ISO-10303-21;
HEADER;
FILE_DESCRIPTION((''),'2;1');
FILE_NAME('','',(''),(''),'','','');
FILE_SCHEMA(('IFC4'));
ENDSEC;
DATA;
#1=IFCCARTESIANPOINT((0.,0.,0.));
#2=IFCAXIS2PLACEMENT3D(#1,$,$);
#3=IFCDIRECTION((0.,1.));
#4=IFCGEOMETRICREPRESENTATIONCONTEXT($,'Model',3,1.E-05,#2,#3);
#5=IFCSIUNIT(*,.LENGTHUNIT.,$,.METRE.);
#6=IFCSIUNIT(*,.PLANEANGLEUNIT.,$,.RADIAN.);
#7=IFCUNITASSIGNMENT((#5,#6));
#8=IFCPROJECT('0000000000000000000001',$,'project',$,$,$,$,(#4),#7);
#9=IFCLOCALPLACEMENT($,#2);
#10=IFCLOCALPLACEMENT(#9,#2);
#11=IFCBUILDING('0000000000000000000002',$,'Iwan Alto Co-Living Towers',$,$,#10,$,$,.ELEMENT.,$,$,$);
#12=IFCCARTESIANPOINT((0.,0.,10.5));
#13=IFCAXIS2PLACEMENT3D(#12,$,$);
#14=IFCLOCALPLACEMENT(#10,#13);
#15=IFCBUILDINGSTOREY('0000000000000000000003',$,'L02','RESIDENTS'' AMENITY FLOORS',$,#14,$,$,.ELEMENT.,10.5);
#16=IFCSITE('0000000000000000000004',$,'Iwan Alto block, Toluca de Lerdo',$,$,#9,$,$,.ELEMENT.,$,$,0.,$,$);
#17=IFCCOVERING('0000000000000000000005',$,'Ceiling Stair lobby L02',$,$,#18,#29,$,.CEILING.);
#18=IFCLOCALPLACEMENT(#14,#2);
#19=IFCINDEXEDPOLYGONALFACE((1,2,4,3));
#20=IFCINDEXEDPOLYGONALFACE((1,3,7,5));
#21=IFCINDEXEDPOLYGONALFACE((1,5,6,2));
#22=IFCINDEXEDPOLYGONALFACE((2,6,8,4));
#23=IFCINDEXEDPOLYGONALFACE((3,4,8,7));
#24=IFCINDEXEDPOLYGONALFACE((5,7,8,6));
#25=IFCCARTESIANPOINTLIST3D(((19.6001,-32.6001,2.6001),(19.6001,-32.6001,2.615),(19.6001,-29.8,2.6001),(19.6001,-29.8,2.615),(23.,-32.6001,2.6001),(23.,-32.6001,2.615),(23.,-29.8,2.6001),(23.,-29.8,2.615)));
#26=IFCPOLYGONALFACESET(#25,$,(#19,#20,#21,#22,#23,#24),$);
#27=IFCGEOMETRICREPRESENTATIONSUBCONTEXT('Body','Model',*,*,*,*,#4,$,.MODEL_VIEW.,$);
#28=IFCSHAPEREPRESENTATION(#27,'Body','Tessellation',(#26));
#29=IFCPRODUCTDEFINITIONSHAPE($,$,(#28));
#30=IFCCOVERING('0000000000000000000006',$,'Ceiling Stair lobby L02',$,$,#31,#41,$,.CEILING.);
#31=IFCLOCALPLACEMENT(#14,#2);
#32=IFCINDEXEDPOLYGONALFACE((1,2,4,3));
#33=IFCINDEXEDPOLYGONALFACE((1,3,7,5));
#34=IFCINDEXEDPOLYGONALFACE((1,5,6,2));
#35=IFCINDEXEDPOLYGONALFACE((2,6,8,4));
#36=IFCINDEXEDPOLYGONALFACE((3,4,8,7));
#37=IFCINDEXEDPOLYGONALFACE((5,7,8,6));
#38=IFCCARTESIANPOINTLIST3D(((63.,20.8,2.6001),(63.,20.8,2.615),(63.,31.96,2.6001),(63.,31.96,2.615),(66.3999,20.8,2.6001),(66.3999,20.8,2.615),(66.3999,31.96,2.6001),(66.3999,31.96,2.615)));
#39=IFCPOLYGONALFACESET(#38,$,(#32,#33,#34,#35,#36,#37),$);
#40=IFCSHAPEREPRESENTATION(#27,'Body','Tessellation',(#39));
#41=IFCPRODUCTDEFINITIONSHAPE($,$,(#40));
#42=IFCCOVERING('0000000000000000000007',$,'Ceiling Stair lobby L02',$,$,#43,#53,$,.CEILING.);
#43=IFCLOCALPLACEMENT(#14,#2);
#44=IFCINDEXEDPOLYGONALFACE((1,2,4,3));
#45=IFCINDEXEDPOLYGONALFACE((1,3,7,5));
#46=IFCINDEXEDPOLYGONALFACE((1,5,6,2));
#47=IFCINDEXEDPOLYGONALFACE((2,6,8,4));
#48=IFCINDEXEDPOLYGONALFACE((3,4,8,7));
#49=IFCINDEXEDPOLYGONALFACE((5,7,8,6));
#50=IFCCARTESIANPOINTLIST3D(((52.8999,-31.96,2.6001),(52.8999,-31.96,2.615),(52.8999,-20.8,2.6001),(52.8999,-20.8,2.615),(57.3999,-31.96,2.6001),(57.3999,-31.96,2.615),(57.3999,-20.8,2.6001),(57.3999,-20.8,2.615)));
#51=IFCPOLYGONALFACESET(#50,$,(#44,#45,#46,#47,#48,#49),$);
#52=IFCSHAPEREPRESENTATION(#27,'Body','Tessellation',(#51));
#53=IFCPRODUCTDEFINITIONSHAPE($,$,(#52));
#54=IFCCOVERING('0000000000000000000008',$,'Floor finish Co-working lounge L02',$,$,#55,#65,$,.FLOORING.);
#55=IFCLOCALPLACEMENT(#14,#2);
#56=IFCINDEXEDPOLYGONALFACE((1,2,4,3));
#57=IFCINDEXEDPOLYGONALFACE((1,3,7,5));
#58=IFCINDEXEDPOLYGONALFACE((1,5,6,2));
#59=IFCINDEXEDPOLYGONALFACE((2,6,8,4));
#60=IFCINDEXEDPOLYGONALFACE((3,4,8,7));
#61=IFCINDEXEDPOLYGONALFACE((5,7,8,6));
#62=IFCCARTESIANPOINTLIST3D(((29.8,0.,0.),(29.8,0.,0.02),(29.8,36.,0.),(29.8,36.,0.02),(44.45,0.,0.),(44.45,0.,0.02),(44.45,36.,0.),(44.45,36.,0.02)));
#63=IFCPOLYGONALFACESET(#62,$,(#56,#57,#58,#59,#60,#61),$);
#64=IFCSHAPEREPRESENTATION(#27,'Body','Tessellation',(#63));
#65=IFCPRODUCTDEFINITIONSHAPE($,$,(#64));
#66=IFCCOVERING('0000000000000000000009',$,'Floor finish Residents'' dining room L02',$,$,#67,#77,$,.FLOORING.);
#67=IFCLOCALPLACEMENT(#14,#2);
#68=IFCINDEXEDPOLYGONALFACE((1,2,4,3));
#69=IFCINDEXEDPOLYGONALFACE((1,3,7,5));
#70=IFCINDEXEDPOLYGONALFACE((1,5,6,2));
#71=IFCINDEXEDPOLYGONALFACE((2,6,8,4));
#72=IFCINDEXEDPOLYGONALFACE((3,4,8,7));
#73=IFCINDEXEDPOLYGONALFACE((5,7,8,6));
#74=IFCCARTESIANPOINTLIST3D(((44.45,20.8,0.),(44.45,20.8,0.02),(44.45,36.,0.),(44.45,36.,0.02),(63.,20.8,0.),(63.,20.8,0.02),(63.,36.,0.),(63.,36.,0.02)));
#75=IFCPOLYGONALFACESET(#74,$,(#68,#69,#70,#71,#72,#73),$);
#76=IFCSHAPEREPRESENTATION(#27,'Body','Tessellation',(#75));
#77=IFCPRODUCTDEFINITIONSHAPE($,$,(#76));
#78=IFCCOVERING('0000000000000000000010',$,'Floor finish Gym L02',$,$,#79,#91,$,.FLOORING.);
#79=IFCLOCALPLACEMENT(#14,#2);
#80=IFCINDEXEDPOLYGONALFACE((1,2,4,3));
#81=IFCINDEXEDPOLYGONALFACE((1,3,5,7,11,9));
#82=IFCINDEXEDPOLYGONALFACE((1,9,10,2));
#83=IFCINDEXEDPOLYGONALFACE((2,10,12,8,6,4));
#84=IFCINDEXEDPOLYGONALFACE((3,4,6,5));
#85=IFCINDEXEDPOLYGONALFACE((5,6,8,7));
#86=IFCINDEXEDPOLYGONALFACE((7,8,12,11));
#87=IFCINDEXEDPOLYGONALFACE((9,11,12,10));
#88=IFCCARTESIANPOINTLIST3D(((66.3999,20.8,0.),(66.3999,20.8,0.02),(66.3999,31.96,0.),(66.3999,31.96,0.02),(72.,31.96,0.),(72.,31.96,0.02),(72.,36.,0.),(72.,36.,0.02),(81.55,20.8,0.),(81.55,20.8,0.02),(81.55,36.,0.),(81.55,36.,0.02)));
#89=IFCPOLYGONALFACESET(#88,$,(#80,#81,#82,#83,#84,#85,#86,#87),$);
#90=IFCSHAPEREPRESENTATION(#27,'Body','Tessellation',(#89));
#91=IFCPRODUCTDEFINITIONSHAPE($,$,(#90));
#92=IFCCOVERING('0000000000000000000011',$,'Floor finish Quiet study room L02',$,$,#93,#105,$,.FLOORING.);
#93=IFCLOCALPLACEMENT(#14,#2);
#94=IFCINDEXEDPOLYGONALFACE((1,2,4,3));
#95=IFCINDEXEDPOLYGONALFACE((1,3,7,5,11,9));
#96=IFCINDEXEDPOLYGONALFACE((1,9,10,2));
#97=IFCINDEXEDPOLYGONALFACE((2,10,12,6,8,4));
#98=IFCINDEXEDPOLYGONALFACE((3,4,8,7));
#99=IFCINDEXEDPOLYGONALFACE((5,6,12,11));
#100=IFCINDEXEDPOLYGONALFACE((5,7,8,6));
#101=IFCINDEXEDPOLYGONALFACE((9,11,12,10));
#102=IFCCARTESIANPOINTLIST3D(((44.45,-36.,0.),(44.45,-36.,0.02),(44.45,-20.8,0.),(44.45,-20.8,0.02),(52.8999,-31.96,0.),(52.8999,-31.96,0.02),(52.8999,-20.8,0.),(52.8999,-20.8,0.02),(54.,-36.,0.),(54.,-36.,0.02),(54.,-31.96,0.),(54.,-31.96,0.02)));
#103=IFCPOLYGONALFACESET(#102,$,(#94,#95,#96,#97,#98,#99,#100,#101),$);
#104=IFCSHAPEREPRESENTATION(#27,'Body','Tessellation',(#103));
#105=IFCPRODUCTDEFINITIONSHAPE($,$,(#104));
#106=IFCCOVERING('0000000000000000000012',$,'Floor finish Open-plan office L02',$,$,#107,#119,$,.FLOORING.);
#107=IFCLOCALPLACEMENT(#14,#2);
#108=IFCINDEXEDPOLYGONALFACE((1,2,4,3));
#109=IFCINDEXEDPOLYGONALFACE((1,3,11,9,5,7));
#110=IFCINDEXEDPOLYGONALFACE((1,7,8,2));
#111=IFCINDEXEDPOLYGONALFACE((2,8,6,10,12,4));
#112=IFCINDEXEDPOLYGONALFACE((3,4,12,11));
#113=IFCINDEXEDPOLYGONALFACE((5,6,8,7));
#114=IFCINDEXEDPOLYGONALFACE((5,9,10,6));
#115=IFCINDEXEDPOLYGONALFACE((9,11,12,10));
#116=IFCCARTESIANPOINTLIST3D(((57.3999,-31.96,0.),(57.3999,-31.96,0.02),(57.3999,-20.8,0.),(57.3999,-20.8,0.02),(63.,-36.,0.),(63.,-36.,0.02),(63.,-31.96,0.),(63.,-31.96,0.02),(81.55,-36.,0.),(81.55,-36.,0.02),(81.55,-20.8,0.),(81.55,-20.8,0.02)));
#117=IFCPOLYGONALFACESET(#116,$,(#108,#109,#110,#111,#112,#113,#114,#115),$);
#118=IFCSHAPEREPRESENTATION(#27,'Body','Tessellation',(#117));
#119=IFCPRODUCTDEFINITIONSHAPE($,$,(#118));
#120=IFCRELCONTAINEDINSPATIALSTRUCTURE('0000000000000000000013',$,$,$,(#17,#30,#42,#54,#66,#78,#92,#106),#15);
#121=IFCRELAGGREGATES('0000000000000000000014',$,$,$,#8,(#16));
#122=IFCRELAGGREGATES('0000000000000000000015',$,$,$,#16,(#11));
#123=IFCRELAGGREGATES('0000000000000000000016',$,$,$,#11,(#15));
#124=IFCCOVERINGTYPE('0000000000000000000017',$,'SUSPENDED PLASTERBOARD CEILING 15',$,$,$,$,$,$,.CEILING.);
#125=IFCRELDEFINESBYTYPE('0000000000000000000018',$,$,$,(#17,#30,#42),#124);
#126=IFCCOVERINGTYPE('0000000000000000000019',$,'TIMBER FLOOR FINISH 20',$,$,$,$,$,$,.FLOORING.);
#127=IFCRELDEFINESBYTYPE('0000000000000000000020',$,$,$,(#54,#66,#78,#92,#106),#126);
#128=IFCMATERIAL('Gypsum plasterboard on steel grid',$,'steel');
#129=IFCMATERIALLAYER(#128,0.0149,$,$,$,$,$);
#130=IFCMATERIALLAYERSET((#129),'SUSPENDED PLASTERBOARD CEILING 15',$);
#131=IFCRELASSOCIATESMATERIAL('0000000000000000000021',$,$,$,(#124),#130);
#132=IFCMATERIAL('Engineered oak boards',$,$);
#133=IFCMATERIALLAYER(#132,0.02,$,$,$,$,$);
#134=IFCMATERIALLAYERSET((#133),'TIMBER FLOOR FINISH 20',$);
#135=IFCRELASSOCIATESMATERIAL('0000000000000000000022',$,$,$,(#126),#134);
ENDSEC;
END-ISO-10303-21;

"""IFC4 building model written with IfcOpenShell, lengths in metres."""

from ifc_helpers import new_model, si_unit, direction, frame, origin, place, context, subcontext, project, spatial, polyline, outline, extrude, material, layer, layer_set, type_object, element, save


model = new_model("IFC4")

# Units and contexts
model_context = context("Model", 3, precision=1e-05, world=origin(), true_north=direction((0.0, 1.0)))
body_context = subcontext(model_context, "Body", "Model", "MODEL_VIEW")
ifc_project = project(units=[si_unit("LENGTHUNIT", "METRE"), si_unit("PLANEANGLEUNIT", "RADIAN")], contexts=[model_context])

# Site, building, storey
site_placement = place(None, origin())
site = spatial("IfcSite", under=ifc_project, at=site_placement, Name="Iwan Alto block, Toluca de Lerdo", CompositionType="ELEMENT", RefElevation=0.0)
building_placement = place(site_placement, origin())
building = spatial("IfcBuilding", under=site, at=building_placement, Name="Iwan Alto Co-Living Towers", CompositionType="ELEMENT")
storey_placement = place(building_placement, frame((0.0, 0.0, 10.5)))
storey = spatial("IfcBuildingStorey", under=building, at=storey_placement, Name="L02", Description="RESIDENTS' AMENITY FLOORS", CompositionType="ELEMENT", Elevation=10.5)

# Coverings
ifc_material_1 = material(Name="Gypsum plasterboard on steel grid", Category="steel")
ifc_layer_1 = layer(ifc_material_1, 0.0149)
ifc_layer_set_1 = layer_set([ifc_layer_1], Name="SUSPENDED PLASTERBOARD CEILING 15")
covering_type_1 = type_object("IfcCoveringType", Name="SUSPENDED PLASTERBOARD CEILING 15", PredefinedType="CEILING", material=ifc_layer_set_1)
covering_1_placement = place(storey_placement, frame((0.0, 0.0, 2.6001)))
element("IfcCovering", 1, at=covering_1_placement, inside=storey, type_object=covering_type_1, Name="Ceiling Stair lobby L02", PredefinedType="CEILING", context=body_context, shape_type="SweptSolid", body=[
    extrude(outline(polyline([(19.6001, -32.6001), (19.6001, -29.8), (23.0, -29.8), (23.0, -32.6001), (19.6001, -32.6001)])), origin(), (0.0, 0.0, 1.0), 0.0149),
])
covering_2_placement = place(storey_placement, frame((0.0, 0.0, 2.6001)))
element("IfcCovering", 2, at=covering_2_placement, inside=storey, type_object=covering_type_1, Name="Ceiling Stair lobby L02", PredefinedType="CEILING", context=body_context, shape_type="SweptSolid", body=[
    extrude(outline(polyline([(63.0, 20.8), (63.0, 31.96), (66.3999, 31.96), (66.3999, 20.8), (63.0, 20.8)])), origin(), (0.0, 0.0, 1.0), 0.0149),
])
covering_3_placement = place(storey_placement, frame((0.0, 0.0, 2.6001)))
element("IfcCovering", 3, at=covering_3_placement, inside=storey, type_object=covering_type_1, Name="Ceiling Stair lobby L02", PredefinedType="CEILING", context=body_context, shape_type="SweptSolid", body=[
    extrude(outline(polyline([(52.8999, -31.96), (52.8999, -20.8), (57.3999, -20.8), (57.3999, -31.96), (52.8999, -31.96)])), origin(), (0.0, 0.0, 1.0), 0.0149),
])
ifc_material_2 = material(Name="Engineered oak boards")
ifc_layer_2 = layer(ifc_material_2, 0.02)
ifc_layer_set_2 = layer_set([ifc_layer_2], Name="TIMBER FLOOR FINISH 20")
covering_type_2 = type_object("IfcCoveringType", Name="TIMBER FLOOR FINISH 20", PredefinedType="FLOORING", material=ifc_layer_set_2)
covering_4_placement = place(storey_placement, origin())
element("IfcCovering", 4, at=covering_4_placement, inside=storey, type_object=covering_type_2, Name="Floor finish Co-working lounge L02", PredefinedType="FLOORING", context=body_context, shape_type="SweptSolid", body=[
    extrude(outline(polyline([(44.45, 36.0), (44.45, 0.0), (29.8, 0.0), (29.8, 36.0), (44.45, 36.0)])), origin(), (0.0, 0.0, 1.0), 0.02),
])
covering_5_placement = place(storey_placement, origin())
element("IfcCovering", 5, at=covering_5_placement, inside=storey, type_object=covering_type_2, Name="Floor finish Residents' dining room L02", PredefinedType="FLOORING", context=body_context, shape_type="SweptSolid", body=[
    extrude(outline(polyline([(63.0, 36.0), (63.0, 20.8), (44.45, 20.8), (44.45, 36.0), (63.0, 36.0)])), origin(), (0.0, 0.0, 1.0), 0.02),
])
covering_6_placement = place(storey_placement, origin())
element("IfcCovering", 6, at=covering_6_placement, inside=storey, type_object=covering_type_2, Name="Floor finish Gym L02", PredefinedType="FLOORING", context=body_context, shape_type="SweptSolid", body=[
    extrude(outline(polyline([(81.55, 20.8), (66.3999, 20.8), (66.3999, 31.96), (72.0, 31.96), (72.0, 36.0), (81.55, 36.0), (81.55, 20.8)])), origin(), (0.0, 0.0, 1.0), 0.02),
])
covering_7_placement = place(storey_placement, origin())
element("IfcCovering", 7, at=covering_7_placement, inside=storey, type_object=covering_type_2, Name="Floor finish Quiet study room L02", PredefinedType="FLOORING", context=body_context, shape_type="SweptSolid", body=[
    extrude(outline(polyline([(54.0, -36.0), (44.45, -36.0), (44.45, -20.8), (52.8999, -20.8), (52.8999, -31.96), (54.0, -31.96), (54.0, -36.0)])), origin(), (0.0, 0.0, 1.0), 0.02),
])
covering_8_placement = place(storey_placement, origin())
element("IfcCovering", 8, at=covering_8_placement, inside=storey, type_object=covering_type_2, Name="Floor finish Open-plan office L02", PredefinedType="FLOORING", context=body_context, shape_type="SweptSolid", body=[
    extrude(outline(polyline([(81.55, -36.0), (63.0, -36.0), (63.0, -31.96), (57.3999, -31.96), (57.3999, -20.8), (81.55, -20.8), (81.55, -36.0)])), origin(), (0.0, 0.0, 1.0), 0.02),
])

save(model, "model.ifc")
